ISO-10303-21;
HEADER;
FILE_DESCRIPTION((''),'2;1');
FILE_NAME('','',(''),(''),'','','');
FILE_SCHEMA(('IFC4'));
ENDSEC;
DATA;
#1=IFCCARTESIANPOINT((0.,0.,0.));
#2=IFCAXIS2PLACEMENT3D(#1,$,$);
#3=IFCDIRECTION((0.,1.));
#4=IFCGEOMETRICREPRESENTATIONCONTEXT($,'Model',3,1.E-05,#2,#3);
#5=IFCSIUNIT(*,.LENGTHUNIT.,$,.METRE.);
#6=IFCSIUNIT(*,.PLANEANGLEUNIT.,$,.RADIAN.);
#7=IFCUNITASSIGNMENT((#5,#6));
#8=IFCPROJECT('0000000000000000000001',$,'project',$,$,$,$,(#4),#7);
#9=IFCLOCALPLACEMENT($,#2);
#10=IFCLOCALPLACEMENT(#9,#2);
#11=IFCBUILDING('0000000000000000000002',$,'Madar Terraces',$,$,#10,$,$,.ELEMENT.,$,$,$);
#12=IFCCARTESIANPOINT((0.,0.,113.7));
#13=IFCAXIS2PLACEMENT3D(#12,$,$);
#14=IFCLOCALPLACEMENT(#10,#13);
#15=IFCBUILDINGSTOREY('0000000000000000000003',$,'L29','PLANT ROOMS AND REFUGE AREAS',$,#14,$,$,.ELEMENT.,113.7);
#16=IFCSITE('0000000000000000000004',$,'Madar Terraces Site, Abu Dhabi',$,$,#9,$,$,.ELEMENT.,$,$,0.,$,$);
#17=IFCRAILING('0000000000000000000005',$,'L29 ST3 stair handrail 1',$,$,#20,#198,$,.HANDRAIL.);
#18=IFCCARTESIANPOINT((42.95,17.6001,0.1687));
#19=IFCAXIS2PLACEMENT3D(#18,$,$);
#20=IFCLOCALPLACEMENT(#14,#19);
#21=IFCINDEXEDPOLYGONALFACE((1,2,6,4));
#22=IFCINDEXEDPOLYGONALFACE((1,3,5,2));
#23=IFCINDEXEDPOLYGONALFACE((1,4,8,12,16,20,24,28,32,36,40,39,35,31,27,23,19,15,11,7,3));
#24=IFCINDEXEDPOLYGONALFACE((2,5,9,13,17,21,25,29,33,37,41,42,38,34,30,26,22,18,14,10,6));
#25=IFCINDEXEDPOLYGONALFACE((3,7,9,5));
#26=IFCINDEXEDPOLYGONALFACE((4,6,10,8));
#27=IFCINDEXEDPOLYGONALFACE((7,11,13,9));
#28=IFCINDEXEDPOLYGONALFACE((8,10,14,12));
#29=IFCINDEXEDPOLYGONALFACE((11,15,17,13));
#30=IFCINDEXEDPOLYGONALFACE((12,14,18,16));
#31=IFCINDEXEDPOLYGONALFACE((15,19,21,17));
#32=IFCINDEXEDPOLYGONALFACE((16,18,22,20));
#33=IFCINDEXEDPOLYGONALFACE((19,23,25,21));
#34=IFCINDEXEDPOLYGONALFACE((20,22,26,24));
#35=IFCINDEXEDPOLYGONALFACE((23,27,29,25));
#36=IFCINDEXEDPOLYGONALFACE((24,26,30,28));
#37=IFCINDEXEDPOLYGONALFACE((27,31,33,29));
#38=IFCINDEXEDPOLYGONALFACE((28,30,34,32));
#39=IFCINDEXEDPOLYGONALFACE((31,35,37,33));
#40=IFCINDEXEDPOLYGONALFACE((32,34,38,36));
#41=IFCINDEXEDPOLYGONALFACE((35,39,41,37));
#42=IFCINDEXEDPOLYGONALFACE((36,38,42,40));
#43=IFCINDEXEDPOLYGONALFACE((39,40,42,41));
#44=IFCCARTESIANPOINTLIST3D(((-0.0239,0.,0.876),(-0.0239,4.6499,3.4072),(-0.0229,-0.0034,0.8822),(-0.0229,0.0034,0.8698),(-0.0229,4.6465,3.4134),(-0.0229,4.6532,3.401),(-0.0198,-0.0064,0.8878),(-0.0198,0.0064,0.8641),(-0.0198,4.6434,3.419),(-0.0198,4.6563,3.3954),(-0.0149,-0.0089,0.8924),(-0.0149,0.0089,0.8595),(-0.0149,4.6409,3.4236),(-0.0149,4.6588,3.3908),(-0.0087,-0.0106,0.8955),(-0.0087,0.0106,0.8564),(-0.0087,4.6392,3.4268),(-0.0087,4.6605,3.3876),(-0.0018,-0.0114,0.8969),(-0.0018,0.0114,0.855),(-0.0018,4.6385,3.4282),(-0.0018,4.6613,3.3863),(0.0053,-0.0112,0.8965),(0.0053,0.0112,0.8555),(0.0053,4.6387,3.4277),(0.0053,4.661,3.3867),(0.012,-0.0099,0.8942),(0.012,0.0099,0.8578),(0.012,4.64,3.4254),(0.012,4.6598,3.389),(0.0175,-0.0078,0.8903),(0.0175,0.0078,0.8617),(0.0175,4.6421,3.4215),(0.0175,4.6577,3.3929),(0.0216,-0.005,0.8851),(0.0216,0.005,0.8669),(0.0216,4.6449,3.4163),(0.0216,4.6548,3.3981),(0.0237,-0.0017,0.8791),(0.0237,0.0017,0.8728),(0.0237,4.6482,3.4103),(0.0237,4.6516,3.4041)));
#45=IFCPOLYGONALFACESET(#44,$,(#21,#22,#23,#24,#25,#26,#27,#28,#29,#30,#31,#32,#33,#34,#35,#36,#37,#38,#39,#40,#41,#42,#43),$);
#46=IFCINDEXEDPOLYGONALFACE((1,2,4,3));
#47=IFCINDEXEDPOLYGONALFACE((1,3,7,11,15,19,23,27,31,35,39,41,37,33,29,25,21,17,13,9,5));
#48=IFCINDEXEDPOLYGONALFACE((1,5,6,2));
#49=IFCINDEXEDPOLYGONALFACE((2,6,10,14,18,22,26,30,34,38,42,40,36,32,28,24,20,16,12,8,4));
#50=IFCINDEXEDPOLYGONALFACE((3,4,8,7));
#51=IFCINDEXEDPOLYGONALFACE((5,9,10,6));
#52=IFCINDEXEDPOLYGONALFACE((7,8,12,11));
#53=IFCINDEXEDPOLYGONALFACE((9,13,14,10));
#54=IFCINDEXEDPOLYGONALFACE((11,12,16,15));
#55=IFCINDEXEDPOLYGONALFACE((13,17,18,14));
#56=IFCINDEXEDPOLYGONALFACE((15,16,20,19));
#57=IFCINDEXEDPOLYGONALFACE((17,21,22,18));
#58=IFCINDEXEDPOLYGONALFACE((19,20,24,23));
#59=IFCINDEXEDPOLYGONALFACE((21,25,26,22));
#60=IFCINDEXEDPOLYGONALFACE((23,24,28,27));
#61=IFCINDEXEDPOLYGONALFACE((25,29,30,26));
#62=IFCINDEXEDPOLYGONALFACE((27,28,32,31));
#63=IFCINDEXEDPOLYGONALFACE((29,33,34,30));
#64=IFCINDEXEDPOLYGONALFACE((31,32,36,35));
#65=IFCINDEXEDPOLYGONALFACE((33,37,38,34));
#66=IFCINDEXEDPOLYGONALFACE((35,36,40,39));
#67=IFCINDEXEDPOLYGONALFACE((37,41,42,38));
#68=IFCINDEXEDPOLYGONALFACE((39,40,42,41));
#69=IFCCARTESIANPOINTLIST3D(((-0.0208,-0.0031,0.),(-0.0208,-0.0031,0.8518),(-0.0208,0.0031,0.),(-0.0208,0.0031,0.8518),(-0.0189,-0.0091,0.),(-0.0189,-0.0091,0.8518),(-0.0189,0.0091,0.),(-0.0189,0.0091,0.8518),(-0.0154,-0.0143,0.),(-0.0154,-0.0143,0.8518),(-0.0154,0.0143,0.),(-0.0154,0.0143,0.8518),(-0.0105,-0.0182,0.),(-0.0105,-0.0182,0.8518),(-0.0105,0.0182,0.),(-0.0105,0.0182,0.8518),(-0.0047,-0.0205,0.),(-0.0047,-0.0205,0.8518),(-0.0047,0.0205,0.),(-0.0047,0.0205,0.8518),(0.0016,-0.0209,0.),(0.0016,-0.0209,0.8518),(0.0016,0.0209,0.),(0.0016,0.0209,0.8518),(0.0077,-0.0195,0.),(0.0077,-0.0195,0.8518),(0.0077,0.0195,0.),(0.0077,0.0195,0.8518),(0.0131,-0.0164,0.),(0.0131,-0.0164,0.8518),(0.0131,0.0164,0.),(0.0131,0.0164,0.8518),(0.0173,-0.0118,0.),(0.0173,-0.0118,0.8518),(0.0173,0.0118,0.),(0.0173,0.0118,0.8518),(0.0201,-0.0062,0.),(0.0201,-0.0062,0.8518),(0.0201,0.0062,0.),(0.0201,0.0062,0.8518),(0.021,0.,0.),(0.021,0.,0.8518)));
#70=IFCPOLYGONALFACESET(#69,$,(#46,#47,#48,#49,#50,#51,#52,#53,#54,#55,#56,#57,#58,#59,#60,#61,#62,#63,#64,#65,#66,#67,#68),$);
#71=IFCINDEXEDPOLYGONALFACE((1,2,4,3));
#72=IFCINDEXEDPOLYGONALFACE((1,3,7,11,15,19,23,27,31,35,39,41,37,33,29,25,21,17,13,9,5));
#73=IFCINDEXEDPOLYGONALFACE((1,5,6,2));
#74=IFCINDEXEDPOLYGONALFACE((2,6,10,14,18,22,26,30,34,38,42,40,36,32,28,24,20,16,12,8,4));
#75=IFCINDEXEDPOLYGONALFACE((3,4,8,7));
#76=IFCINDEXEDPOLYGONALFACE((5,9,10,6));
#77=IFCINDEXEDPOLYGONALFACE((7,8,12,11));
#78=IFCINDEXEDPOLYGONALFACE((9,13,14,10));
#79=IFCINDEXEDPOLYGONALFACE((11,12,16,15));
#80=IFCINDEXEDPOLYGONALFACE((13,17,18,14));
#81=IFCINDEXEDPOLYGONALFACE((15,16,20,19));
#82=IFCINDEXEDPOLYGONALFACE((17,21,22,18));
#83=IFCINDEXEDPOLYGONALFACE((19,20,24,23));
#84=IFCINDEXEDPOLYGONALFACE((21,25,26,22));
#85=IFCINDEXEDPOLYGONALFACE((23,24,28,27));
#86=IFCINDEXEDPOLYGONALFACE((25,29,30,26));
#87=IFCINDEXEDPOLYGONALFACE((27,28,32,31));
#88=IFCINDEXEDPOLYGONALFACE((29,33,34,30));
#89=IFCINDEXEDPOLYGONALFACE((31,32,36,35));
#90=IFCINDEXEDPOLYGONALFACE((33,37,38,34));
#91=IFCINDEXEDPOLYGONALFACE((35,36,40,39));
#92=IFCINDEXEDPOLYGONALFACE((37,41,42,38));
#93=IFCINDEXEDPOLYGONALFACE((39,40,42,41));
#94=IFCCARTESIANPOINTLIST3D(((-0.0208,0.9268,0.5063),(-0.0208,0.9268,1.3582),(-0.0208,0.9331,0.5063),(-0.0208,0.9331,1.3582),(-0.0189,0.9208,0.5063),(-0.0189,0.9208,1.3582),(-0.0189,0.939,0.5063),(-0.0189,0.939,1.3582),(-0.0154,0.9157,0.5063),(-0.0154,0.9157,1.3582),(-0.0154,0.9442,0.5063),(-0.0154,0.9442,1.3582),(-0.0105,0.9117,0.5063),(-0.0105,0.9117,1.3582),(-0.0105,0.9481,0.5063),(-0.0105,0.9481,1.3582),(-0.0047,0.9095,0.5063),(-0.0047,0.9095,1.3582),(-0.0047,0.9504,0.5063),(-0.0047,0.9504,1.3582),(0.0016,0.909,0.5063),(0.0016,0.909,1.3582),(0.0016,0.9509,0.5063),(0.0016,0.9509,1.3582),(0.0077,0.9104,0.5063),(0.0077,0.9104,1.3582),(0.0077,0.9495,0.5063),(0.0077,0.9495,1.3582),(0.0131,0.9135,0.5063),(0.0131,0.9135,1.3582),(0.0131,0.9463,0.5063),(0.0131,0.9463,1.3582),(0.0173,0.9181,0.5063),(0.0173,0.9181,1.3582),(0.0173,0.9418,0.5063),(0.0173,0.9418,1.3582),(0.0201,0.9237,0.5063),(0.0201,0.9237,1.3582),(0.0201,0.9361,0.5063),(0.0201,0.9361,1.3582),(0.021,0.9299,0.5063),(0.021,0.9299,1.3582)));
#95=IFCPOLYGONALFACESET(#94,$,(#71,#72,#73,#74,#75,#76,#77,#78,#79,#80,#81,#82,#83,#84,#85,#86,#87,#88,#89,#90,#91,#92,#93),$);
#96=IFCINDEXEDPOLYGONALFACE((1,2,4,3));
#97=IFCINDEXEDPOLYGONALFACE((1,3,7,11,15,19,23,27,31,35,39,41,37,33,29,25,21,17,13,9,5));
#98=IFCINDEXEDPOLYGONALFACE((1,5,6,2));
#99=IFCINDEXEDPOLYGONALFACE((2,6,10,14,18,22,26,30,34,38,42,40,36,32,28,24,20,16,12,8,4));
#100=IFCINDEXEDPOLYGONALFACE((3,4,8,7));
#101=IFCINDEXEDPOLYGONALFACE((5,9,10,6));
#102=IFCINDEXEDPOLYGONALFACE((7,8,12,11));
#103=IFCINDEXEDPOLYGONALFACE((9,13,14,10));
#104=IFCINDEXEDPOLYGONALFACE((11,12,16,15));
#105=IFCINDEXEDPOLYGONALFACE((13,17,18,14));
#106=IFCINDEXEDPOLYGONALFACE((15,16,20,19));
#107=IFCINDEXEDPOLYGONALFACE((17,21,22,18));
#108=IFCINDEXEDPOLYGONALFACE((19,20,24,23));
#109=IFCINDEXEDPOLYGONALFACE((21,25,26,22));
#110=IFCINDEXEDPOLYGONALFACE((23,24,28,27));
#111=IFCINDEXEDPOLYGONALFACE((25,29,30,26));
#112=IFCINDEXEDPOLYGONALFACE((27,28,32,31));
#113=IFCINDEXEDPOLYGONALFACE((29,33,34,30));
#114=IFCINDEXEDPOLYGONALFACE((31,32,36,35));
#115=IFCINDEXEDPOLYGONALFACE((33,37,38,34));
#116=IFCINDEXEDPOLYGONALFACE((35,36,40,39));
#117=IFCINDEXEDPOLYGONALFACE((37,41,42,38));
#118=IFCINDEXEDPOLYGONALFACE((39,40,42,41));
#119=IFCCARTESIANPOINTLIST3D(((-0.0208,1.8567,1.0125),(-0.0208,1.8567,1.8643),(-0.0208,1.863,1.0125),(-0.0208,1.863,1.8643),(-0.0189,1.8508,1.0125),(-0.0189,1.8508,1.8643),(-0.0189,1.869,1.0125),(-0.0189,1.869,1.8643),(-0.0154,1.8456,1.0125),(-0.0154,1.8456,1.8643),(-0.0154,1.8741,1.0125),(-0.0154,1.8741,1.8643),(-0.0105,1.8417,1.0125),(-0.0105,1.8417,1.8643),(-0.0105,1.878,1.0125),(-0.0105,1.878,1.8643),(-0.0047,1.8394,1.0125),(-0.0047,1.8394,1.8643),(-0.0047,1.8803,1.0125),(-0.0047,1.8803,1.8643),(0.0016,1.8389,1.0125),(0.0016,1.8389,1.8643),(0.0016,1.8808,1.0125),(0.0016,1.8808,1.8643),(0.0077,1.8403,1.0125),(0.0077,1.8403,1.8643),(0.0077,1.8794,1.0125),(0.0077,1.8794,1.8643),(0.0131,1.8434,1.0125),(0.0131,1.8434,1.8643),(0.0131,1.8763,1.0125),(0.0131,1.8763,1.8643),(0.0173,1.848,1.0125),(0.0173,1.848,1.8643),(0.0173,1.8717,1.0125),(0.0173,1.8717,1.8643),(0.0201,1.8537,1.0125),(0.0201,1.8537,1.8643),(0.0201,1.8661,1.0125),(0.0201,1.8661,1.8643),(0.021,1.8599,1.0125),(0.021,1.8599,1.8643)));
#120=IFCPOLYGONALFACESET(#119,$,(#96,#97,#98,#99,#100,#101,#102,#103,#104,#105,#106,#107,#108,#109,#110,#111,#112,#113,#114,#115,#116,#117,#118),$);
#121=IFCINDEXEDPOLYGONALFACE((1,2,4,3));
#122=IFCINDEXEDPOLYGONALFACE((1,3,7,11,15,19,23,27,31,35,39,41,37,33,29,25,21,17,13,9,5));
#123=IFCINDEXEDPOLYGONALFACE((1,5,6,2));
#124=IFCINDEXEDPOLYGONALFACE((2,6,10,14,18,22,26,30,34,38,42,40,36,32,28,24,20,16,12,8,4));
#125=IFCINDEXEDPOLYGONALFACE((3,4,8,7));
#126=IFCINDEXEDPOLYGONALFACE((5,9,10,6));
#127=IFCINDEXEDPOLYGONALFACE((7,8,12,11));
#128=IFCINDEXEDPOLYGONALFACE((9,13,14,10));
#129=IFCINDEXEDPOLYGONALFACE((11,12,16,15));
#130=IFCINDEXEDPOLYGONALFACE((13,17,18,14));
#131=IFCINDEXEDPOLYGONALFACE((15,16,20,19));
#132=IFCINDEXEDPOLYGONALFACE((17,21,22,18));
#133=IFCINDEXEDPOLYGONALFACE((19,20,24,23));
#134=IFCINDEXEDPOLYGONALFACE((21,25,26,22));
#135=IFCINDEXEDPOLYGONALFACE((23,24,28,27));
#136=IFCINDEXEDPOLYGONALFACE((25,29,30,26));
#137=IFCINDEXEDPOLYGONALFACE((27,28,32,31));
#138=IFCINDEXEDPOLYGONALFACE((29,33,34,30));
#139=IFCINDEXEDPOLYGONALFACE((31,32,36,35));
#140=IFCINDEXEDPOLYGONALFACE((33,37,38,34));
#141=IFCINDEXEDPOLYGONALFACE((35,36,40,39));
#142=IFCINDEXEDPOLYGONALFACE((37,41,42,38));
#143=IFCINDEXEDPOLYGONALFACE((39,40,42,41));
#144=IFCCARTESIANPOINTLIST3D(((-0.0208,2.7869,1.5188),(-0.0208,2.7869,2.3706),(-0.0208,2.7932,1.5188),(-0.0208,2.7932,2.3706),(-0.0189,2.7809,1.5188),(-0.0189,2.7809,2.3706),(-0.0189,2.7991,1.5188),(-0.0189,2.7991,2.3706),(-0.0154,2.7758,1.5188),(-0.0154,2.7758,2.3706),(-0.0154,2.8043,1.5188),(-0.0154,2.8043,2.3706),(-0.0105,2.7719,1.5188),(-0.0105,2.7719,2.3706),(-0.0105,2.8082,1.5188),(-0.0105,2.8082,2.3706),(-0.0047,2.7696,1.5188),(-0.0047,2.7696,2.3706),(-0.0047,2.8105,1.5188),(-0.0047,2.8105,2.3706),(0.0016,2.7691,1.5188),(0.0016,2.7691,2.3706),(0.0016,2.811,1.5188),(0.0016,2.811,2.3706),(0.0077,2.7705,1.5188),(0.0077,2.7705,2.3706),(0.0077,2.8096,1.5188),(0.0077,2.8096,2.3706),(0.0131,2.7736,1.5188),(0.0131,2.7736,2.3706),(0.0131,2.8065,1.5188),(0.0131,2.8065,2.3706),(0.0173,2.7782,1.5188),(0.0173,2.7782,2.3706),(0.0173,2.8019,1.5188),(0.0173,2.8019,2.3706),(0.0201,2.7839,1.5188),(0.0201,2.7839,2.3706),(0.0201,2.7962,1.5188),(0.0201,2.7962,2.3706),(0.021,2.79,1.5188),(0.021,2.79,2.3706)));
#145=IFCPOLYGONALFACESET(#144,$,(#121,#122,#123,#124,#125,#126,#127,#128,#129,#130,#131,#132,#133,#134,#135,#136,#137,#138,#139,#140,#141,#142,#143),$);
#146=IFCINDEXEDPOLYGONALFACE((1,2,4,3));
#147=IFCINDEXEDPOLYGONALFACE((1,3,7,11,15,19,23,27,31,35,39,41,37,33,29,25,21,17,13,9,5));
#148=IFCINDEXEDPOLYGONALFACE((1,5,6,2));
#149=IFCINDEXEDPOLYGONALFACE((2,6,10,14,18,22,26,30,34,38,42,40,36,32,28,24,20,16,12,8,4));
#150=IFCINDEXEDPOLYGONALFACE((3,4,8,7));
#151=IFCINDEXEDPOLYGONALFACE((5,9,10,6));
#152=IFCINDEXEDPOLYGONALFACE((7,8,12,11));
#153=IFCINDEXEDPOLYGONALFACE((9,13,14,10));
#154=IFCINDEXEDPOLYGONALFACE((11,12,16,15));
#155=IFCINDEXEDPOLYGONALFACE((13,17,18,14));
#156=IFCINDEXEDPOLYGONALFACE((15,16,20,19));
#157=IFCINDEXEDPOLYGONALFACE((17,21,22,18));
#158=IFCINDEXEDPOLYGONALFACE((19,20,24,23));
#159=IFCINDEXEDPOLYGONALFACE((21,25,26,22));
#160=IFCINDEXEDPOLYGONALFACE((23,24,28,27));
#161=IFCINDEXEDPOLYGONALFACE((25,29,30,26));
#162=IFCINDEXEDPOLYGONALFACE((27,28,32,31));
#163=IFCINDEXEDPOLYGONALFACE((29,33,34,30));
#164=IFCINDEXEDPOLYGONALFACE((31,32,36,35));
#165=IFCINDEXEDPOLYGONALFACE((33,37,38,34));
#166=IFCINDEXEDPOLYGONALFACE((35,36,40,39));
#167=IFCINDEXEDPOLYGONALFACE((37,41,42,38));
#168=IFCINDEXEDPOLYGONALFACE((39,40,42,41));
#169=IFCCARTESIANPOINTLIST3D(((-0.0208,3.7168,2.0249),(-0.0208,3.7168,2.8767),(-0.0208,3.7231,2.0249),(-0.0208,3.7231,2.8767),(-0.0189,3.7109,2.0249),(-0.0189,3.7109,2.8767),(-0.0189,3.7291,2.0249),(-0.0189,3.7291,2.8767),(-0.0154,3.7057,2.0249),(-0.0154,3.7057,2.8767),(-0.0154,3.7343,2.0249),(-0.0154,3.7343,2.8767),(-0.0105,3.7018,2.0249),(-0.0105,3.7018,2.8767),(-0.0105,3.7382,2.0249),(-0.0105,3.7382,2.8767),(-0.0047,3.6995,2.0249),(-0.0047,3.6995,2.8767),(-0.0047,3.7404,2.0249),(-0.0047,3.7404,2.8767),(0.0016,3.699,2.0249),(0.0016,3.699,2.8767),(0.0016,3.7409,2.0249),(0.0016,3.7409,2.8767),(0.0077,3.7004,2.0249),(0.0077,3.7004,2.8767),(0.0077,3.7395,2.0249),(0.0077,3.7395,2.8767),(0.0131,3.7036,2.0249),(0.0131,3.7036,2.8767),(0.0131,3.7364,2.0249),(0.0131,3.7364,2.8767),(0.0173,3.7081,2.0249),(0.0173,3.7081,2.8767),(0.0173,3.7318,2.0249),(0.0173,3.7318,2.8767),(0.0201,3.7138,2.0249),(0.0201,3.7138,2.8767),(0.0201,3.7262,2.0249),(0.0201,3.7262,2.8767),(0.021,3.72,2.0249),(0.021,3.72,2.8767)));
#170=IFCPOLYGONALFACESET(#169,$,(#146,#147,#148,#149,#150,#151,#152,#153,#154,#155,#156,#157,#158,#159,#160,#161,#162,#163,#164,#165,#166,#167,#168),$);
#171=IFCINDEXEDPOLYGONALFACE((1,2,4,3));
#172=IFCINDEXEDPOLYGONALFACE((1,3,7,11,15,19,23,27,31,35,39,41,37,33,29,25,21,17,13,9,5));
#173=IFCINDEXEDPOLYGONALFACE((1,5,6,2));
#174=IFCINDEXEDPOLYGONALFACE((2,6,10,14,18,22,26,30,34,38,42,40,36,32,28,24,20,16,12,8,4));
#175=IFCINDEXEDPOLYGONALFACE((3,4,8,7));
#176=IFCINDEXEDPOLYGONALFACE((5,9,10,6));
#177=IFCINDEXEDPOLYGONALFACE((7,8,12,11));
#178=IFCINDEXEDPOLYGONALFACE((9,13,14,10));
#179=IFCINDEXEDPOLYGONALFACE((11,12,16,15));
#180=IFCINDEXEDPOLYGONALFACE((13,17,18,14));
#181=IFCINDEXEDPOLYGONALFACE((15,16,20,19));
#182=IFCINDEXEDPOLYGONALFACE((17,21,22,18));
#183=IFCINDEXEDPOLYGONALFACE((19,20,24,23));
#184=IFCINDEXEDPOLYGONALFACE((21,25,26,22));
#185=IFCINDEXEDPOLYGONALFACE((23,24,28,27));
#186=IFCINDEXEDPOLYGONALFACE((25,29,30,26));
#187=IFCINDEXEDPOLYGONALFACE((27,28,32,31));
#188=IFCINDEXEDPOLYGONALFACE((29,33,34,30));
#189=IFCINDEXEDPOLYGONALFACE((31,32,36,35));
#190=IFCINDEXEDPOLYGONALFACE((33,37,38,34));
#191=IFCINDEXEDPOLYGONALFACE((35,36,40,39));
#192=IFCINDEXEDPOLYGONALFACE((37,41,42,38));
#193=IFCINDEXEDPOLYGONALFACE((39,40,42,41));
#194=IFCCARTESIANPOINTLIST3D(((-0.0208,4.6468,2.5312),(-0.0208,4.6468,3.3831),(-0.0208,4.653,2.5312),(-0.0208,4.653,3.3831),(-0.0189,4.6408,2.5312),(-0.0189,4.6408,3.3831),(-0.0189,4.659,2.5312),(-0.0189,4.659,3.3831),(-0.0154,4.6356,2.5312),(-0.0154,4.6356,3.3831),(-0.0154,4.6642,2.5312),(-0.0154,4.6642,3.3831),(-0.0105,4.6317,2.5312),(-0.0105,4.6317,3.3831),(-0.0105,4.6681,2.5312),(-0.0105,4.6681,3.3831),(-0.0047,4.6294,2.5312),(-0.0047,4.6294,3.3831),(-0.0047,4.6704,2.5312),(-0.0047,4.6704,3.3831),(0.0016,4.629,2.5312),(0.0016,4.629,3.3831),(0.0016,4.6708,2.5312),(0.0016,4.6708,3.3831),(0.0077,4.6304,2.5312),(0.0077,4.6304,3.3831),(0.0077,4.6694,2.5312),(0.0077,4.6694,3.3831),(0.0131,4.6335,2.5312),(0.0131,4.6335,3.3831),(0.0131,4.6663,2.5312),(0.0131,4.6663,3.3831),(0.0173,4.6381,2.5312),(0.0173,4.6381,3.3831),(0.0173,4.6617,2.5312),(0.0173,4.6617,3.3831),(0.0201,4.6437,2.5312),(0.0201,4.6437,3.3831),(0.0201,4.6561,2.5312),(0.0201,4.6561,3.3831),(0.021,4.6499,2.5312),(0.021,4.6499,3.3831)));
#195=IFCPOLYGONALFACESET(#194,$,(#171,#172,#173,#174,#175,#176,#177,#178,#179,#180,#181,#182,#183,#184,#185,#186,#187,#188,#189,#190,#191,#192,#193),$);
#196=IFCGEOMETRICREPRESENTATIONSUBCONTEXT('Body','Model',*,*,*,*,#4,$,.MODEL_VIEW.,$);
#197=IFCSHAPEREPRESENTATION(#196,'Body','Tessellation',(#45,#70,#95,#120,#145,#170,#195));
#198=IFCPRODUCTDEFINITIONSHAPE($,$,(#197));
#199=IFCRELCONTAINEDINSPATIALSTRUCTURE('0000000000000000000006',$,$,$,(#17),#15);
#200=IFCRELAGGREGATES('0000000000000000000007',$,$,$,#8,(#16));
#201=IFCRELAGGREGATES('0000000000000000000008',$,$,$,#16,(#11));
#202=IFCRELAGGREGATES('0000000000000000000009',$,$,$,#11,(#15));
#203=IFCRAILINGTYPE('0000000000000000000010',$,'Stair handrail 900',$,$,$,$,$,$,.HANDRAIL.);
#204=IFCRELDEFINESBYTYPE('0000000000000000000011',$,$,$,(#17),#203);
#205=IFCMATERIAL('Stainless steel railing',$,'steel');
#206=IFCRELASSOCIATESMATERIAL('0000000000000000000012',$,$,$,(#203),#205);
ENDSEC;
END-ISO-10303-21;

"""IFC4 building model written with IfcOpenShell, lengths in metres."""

from ifc_helpers import new_model, si_unit, direction, frame, origin, origin_2d, place, context, subcontext, project, spatial, circle, extrude, material, type_object, element, save


model = new_model("IFC4")

# Units and contexts
model_context = context("Model", 3, precision=1e-05, world=origin(), true_north=direction((0.0, 1.0)))
body_context = subcontext(model_context, "Body", "Model", "MODEL_VIEW")
ifc_project = project(units=[si_unit("LENGTHUNIT", "METRE"), si_unit("PLANEANGLEUNIT", "RADIAN")], contexts=[model_context])

# Site, building, storey
site_placement = place(None, origin())
site = spatial("IfcSite", under=ifc_project, at=site_placement, Name="Madar Terraces Site, Abu Dhabi", CompositionType="ELEMENT", RefElevation=0.0)
building_placement = place(site_placement, origin())
building = spatial("IfcBuilding", under=site, at=building_placement, Name="Madar Terraces", CompositionType="ELEMENT")
storey_placement = place(building_placement, frame((0.0, 0.0, 113.7)))
storey = spatial("IfcBuildingStorey", under=building, at=storey_placement, Name="L29", Description="PLANT ROOMS AND REFUGE AREAS", CompositionType="ELEMENT", Elevation=113.7)

# Railing
ifc_material_1 = material(Name="Stainless steel railing", Category="steel")
railing_type_1 = type_object("IfcRailingType", Name="Stair handrail 900", PredefinedType="HANDRAIL", material=ifc_material_1)
railing_placement = place(storey_placement, frame((42.95, 17.6001, 0.1687)))
element("IfcRailing", 1, at=railing_placement, inside=storey, type_object=railing_type_1, Name="L29 ST3 stair handrail 1", PredefinedType="HANDRAIL", context=body_context, shape_type="SweptSolid", body=[
    extrude(circle(Radius=0.0239, at=origin_2d()), frame((0.0, 0.0, 0.876), z_axis=(0.0, 0.878297, 0.478115), x_axis=(-1.0, 0.0, 0.0)), (0.0, 0.0, 1.0), 5.2942),
    extrude(circle(Radius=0.021, at=origin_2d()), origin(), (0.0, 0.0, 1.0), 0.8518),
    extrude(circle(Radius=0.021, at=origin_2d()), frame((0.0, 0.9299, 0.5063)), (0.0, 0.0, 1.0), 0.8518),
    extrude(circle(Radius=0.021, at=origin_2d()), frame((0.0, 1.8599, 1.0125)), (0.0, 0.0, 1.0), 0.8518),
    extrude(circle(Radius=0.021, at=origin_2d()), frame((0.0, 2.79, 1.5188)), (0.0, 0.0, 1.0), 0.8518),
    extrude(circle(Radius=0.021, at=origin_2d()), frame((0.0, 3.72, 2.0249)), (0.0, 0.0, 1.0), 0.8518),
    extrude(circle(Radius=0.021, at=origin_2d()), frame((0.0, 4.6499, 2.5312)), (0.0, 0.0, 1.0), 0.8518),
])

save(model, "model.ifc")
